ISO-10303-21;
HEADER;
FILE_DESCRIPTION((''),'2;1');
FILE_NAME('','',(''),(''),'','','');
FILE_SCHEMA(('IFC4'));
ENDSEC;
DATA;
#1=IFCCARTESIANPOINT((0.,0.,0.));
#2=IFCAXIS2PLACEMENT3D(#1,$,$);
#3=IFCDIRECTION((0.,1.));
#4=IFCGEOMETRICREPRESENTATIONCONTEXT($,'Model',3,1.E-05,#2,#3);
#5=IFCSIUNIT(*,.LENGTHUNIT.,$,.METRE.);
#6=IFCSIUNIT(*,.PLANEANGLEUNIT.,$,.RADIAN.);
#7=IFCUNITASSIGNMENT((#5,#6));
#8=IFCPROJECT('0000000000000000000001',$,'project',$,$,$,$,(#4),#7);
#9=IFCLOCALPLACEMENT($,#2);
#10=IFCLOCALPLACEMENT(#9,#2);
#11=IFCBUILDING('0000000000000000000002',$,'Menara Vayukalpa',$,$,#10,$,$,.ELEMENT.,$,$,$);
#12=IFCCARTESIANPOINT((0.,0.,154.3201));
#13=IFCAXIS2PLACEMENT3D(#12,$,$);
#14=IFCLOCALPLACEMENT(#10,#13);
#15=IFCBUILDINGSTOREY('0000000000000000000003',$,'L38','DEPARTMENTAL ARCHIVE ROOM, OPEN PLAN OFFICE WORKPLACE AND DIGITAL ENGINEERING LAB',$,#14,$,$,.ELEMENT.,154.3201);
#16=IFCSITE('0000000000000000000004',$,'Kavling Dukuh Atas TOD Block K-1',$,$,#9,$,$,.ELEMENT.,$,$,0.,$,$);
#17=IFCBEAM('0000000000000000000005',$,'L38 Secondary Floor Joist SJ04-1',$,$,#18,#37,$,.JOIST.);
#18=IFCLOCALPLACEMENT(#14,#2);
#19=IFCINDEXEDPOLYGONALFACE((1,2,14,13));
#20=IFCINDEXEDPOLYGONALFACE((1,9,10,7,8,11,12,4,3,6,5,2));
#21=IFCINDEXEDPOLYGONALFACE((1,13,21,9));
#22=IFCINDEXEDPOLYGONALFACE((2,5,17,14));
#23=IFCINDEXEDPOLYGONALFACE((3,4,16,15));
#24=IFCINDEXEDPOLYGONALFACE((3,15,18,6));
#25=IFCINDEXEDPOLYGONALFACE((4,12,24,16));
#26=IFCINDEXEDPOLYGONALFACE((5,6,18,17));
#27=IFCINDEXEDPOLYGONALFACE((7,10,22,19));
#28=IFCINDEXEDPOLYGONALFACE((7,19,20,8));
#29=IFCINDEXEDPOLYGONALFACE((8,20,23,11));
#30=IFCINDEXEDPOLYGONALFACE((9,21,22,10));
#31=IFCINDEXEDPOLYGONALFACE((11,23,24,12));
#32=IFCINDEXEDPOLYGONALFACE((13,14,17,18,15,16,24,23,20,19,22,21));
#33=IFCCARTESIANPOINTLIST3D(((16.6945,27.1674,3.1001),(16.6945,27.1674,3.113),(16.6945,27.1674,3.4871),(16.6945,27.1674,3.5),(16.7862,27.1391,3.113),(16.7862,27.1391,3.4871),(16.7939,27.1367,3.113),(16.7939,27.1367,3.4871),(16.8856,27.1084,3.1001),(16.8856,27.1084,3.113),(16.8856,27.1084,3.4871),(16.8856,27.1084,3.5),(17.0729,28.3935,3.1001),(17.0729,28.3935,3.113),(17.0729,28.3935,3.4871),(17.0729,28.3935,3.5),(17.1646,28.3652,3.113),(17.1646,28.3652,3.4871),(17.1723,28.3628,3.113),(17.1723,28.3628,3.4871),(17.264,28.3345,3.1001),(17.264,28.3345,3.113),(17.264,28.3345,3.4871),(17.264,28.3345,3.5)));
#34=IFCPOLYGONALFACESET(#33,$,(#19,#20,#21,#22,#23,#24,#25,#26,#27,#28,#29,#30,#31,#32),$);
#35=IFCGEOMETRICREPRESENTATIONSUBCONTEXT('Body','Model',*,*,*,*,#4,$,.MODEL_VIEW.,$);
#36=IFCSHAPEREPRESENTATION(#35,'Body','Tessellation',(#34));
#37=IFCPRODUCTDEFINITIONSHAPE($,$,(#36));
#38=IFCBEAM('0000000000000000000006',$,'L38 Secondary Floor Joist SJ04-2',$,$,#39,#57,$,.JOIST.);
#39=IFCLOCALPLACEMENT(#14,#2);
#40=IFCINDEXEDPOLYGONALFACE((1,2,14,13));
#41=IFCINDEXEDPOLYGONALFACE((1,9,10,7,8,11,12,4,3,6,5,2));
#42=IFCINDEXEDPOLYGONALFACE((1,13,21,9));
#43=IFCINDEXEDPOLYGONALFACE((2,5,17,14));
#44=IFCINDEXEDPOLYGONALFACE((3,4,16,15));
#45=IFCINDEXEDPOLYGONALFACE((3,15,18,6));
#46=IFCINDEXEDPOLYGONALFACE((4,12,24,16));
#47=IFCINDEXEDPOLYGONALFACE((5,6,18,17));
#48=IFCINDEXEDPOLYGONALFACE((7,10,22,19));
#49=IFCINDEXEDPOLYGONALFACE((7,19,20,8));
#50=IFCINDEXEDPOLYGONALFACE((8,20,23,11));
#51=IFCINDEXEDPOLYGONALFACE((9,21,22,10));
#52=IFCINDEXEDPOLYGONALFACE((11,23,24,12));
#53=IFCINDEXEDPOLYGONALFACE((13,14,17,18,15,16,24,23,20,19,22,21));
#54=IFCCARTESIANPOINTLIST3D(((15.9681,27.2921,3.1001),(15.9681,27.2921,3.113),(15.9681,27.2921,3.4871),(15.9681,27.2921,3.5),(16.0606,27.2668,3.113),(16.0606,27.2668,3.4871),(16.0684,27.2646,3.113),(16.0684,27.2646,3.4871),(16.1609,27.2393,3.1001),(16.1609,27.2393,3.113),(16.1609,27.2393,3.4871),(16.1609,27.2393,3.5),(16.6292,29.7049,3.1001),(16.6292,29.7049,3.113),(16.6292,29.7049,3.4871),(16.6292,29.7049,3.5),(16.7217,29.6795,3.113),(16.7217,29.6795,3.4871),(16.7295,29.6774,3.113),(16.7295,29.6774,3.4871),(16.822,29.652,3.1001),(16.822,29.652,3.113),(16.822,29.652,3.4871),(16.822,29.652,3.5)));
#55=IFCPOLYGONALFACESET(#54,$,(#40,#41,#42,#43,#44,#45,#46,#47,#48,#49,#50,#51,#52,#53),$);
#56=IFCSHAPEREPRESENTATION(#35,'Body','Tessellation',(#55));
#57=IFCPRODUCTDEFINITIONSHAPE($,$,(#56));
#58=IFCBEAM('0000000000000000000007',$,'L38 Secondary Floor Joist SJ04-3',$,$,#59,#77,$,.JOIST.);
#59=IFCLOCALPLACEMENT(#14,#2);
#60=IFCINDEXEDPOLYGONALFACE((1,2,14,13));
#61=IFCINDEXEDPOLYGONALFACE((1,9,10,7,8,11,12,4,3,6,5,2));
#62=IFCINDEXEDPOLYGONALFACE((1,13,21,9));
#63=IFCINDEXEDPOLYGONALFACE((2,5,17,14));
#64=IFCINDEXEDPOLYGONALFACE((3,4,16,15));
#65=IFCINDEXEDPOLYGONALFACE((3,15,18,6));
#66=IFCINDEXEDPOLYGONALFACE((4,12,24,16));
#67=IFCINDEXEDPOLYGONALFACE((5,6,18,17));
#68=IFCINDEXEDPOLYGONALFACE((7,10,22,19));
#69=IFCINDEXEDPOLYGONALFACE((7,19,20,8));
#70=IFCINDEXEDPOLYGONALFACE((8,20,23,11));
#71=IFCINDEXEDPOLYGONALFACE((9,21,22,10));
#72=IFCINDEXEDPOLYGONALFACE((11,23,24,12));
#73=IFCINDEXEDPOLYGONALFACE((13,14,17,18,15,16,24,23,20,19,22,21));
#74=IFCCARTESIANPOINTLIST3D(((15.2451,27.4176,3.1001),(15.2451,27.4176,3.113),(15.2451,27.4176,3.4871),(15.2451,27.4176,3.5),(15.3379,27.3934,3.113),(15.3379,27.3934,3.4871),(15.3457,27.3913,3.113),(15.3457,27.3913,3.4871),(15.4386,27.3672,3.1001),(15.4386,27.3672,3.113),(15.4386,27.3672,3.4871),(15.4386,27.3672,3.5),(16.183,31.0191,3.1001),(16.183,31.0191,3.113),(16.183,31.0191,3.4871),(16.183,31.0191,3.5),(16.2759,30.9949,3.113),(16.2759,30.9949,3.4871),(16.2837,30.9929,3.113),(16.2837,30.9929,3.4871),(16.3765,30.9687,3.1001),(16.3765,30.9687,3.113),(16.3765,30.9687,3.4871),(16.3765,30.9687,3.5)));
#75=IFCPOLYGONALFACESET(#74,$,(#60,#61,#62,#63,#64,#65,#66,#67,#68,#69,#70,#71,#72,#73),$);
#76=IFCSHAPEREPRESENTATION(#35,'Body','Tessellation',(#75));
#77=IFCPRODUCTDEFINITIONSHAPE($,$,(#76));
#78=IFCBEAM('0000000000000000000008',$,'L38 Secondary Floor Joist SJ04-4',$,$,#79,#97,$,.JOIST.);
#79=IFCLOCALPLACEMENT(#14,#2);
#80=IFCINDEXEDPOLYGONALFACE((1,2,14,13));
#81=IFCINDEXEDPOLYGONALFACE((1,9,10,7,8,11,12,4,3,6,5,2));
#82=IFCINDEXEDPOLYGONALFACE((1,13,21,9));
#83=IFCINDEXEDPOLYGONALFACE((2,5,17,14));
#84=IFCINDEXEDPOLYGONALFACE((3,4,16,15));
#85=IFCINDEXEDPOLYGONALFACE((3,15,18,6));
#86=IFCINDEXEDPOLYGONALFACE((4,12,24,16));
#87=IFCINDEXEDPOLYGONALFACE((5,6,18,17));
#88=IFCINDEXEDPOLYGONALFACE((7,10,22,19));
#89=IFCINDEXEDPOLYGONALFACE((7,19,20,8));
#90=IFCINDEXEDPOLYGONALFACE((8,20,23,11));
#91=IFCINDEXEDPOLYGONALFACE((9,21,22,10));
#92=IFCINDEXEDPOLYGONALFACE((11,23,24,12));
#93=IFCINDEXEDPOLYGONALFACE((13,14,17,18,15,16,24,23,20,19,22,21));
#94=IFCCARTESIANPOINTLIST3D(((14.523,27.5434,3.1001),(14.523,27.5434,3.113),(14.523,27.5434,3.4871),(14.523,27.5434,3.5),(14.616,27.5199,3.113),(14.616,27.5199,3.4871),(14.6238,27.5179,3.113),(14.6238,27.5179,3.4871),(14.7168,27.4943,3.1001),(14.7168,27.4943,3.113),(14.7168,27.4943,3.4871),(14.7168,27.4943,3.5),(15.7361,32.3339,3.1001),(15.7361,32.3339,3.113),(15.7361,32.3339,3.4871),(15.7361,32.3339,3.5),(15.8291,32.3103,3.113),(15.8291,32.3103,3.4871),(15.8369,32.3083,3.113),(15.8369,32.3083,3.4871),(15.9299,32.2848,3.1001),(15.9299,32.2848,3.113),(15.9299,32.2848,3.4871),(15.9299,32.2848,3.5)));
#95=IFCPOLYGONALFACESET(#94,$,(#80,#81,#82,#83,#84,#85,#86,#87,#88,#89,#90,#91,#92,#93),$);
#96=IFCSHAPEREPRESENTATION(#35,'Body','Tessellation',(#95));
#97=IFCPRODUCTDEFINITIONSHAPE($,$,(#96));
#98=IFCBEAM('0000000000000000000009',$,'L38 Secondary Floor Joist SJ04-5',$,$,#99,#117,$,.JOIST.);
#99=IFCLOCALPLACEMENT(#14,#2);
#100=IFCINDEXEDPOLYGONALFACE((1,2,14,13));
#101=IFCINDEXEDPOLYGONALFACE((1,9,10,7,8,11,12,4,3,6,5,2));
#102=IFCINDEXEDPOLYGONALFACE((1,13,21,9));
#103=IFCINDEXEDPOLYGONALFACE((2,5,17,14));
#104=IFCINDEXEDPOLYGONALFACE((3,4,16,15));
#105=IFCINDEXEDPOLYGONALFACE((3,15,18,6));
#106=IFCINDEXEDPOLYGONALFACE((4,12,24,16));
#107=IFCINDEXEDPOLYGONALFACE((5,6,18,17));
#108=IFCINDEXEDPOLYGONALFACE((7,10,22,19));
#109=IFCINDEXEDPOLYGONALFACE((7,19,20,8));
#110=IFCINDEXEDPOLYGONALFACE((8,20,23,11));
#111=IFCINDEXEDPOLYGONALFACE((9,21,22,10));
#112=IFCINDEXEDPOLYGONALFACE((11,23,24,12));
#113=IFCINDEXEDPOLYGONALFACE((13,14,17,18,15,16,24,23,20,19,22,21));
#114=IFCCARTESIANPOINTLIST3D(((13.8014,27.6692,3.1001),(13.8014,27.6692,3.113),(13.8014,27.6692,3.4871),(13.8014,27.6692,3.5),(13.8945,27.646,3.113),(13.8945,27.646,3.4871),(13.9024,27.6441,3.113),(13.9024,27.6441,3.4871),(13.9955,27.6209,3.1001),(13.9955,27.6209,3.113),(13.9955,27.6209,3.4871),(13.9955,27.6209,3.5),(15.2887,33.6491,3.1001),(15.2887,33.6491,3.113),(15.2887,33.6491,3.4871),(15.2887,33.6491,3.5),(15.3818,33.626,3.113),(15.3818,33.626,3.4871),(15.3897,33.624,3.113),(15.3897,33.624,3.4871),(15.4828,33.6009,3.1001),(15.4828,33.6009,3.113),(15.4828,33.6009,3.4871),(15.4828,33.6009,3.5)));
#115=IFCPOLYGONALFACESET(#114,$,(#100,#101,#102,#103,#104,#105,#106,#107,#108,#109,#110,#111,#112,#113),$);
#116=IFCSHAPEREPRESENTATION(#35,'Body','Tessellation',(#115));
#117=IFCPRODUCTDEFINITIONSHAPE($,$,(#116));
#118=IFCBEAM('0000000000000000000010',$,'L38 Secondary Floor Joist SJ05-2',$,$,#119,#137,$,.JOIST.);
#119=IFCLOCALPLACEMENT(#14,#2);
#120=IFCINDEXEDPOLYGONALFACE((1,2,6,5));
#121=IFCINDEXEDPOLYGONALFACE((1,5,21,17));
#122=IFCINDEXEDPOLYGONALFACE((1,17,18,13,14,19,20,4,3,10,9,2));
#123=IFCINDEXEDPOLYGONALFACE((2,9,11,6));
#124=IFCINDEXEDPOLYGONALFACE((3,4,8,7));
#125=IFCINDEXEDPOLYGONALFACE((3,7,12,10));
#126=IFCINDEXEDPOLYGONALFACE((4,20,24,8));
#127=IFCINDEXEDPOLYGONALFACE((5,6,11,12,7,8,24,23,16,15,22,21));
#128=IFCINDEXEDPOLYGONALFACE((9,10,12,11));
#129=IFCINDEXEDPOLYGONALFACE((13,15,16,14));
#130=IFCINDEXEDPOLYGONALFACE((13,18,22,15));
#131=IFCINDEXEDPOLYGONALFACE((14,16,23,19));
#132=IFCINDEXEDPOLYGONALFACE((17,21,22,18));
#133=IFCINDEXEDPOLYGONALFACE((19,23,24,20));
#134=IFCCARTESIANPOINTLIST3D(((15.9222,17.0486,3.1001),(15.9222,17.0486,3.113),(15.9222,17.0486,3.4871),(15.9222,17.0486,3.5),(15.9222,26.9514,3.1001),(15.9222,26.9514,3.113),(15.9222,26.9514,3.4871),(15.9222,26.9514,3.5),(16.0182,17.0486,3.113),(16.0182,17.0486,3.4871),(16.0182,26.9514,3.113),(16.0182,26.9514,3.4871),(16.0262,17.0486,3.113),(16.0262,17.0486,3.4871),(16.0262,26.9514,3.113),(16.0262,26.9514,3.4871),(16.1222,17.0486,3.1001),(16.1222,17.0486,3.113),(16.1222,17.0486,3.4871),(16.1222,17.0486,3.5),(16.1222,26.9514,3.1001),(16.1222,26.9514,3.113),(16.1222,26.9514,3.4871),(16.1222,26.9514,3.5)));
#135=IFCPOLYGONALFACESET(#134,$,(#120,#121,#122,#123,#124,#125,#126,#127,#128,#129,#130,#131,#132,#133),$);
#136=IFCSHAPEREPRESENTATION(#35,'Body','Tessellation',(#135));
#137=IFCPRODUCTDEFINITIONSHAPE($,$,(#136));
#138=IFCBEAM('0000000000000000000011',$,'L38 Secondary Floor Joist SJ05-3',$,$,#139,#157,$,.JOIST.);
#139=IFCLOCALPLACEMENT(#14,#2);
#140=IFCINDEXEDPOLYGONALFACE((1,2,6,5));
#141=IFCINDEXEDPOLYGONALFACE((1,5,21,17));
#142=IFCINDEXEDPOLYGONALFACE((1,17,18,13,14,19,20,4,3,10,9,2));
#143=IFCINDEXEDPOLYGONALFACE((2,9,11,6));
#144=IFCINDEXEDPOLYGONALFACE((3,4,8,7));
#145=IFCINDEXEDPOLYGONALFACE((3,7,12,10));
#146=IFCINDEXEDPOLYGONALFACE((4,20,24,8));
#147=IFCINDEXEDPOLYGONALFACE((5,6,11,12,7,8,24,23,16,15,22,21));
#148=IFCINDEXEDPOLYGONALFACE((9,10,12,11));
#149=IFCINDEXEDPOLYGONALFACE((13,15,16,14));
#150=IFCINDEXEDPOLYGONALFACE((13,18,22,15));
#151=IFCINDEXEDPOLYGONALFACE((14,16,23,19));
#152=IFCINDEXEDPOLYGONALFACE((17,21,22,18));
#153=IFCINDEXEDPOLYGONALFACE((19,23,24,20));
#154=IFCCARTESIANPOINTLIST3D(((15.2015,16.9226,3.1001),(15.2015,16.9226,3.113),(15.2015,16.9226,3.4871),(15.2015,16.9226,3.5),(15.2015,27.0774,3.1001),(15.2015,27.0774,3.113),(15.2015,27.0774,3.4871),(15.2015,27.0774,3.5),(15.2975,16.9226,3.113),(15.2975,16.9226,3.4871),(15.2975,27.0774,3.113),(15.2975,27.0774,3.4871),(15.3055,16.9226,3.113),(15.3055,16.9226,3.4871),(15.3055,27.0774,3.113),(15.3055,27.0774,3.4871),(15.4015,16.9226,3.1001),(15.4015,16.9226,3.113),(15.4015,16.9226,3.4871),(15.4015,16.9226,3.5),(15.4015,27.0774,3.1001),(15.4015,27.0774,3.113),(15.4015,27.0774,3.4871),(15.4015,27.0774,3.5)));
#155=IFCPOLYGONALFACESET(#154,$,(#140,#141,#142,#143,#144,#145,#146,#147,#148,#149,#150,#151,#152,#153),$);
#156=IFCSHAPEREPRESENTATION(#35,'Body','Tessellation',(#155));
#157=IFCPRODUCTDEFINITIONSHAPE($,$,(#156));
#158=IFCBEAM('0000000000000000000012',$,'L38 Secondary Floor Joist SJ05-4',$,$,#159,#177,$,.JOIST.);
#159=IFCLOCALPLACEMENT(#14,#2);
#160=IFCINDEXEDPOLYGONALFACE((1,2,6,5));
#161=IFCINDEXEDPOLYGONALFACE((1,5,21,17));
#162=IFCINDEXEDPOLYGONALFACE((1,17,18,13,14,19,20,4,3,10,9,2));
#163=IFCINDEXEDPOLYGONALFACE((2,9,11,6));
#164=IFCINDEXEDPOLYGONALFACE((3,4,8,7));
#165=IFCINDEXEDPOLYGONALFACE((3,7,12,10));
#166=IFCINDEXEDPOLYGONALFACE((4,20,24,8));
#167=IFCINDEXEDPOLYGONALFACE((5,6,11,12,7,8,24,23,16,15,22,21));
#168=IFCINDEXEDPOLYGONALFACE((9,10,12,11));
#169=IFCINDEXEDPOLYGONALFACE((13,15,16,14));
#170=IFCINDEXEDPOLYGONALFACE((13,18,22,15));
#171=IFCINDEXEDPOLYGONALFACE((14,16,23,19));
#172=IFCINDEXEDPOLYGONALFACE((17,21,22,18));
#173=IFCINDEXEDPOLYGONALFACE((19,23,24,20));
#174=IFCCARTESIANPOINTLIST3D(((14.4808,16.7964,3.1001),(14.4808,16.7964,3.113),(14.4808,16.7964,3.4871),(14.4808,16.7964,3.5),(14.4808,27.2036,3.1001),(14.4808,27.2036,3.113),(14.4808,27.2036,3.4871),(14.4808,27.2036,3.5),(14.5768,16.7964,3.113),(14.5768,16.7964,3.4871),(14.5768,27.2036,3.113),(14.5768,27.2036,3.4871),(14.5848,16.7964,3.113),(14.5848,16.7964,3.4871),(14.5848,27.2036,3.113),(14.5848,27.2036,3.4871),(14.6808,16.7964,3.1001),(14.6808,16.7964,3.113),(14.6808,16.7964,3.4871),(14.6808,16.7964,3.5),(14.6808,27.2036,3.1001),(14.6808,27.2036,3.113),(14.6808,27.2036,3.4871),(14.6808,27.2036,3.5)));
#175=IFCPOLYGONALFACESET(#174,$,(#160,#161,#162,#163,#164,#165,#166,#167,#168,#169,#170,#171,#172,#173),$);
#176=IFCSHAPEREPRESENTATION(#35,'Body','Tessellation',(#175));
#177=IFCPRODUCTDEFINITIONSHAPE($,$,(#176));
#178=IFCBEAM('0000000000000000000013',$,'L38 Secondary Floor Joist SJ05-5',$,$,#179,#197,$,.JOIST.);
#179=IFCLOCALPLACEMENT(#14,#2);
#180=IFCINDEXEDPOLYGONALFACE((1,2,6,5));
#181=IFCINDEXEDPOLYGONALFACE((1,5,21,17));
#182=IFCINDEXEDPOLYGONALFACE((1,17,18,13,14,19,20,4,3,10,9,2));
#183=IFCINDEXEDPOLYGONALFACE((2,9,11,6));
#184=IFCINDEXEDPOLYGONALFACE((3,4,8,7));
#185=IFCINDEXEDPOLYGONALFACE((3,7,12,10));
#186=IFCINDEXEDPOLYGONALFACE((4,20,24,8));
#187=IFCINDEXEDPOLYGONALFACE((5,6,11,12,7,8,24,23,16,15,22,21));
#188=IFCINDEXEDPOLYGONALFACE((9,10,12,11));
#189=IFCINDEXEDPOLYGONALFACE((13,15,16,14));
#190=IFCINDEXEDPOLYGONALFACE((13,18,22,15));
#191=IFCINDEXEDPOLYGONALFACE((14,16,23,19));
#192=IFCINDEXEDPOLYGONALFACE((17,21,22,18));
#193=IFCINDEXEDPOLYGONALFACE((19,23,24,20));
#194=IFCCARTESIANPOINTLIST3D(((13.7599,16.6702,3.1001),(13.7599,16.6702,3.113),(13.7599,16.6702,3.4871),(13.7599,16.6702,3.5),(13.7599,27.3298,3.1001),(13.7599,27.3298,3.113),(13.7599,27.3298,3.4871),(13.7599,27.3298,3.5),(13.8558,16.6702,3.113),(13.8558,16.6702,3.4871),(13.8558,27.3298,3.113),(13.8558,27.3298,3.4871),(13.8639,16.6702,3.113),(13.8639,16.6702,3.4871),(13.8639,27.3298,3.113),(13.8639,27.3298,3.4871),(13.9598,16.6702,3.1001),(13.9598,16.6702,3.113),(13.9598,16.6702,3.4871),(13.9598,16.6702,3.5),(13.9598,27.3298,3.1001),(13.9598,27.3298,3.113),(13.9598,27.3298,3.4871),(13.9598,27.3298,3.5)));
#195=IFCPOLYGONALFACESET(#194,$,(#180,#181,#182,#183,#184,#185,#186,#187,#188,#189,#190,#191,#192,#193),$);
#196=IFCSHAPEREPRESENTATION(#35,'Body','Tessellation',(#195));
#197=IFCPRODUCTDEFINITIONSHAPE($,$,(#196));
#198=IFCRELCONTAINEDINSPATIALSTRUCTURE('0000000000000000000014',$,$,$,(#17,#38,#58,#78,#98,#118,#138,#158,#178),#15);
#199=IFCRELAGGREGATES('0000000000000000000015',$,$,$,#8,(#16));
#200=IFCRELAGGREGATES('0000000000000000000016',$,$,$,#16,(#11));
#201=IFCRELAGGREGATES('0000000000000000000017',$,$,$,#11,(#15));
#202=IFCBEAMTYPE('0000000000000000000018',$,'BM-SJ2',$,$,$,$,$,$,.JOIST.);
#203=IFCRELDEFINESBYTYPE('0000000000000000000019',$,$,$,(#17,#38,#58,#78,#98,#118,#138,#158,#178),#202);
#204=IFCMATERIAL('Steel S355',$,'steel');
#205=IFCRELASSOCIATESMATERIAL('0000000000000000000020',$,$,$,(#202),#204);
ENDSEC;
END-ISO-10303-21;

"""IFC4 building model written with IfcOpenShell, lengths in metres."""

from ifc_helpers import new_model, si_unit, direction, frame, origin, origin_2d, place, context, subcontext, project, spatial, i_section, extrude, material, material_profile, profile_set, type_object, element, save


model = new_model("IFC4")

# Units and contexts
model_context = context("Model", 3, precision=1e-05, world=origin(), true_north=direction((0.0, 1.0)))
body_context = subcontext(model_context, "Body", "Model", "MODEL_VIEW")
ifc_project = project(units=[si_unit("LENGTHUNIT", "METRE"), si_unit("PLANEANGLEUNIT", "RADIAN")], contexts=[model_context])

# Site, building, storey
site_placement = place(None, origin())
site = spatial("IfcSite", under=ifc_project, at=site_placement, Name="Kavling Dukuh Atas TOD Block K-1", CompositionType="ELEMENT", RefElevation=0.0)
building_placement = place(site_placement, origin())
building = spatial("IfcBuilding", under=site, at=building_placement, Name="Menara Vayukalpa", CompositionType="ELEMENT")
storey_placement = place(building_placement, frame((0.0, 0.0, 154.3201)))
storey = spatial("IfcBuildingStorey", under=building, at=storey_placement, Name="L38", Description="DEPARTMENTAL ARCHIVE ROOM, OPEN PLAN OFFICE WORKPLACE AND DIGITAL ENGINEERING LAB", CompositionType="ELEMENT", Elevation=154.3201)

# Beams
ifc_material_1 = material(Name="Steel S355", Category="steel")
ifc_material_profile_1 = material_profile(ifc_material_1, i_section(OverallWidth=0.2, OverallDepth=0.3999, WebThickness=0.0081, FlangeThickness=0.0129, at=origin_2d()), Name="WF 400x200x8x13")
ifc_profile_set_1 = profile_set([ifc_material_profile_1], Name="Steel S355")
beam_type_1 = type_object("IfcBeamType", Name="BM-SJ2", PredefinedType="JOIST", material=ifc_profile_set_1)
beam_1_placement = place(storey_placement, frame((17.1685, 28.364, 3.3), z_axis=(-0.294915, -0.955524, 0.0), x_axis=(0.955524, -0.294915, 0.0)))
element("IfcBeam", 1, at=beam_1_placement, inside=storey, type_object=beam_type_1, Name="L38 Secondary Floor Joist SJ04-1", PredefinedType="JOIST", context=body_context, shape_type="SweptSolid", body=[
    extrude(i_section(OverallWidth=0.2, OverallDepth=0.3999, WebThickness=0.0081, FlangeThickness=0.0129, at=origin_2d()), origin(), (0.0, 0.0, 1.0), 1.2832),
])
beam_2_placement = place(storey_placement, frame((16.7256, 29.6785, 3.3), z_axis=(-0.264265, -0.96445, 0.0), x_axis=(0.96445, -0.264265, 0.0)))
element("IfcBeam", 2, at=beam_2_placement, inside=storey, type_object=beam_type_1, Name="L38 Secondary Floor Joist SJ04-2", PredefinedType="JOIST", context=body_context, shape_type="SweptSolid", body=[
    extrude(i_section(OverallWidth=0.2, OverallDepth=0.3999, WebThickness=0.0081, FlangeThickness=0.0129, at=origin_2d()), origin(), (0.0, 0.0, 1.0), 2.5017),
])
beam_3_placement = place(storey_placement, frame((16.2798, 30.9939, 3.3), z_axis=(-0.252032, -0.967719, 0.0), x_axis=(0.967719, -0.252032, 0.0)))
element("IfcBeam", 3, at=beam_3_placement, inside=storey, type_object=beam_type_1, Name="L38 Secondary Floor Joist SJ04-3", PredefinedType="JOIST", context=body_context, shape_type="SweptSolid", body=[
    extrude(i_section(OverallWidth=0.2, OverallDepth=0.3999, WebThickness=0.0081, FlangeThickness=0.0129, at=origin_2d()), origin(), (0.0, 0.0, 1.0), 3.7217),
])
beam_4_placement = place(storey_placement, frame((15.833, 32.3093, 3.3), z_axis=(-0.245487, -0.9694, 0.0), x_axis=(0.9694, -0.245487, 0.0)))
element("IfcBeam", 4, at=beam_4_placement, inside=storey, type_object=beam_type_1, Name="L38 Secondary Floor Joist SJ04-4", PredefinedType="JOIST", context=body_context, shape_type="SweptSolid", body=[
    extrude(i_section(OverallWidth=0.2, OverallDepth=0.3999, WebThickness=0.0081, FlangeThickness=0.0129, at=origin_2d()), origin(), (0.0, 0.0, 1.0), 4.9417),
])
beam_5_placement = place(storey_placement, frame((15.3857, 33.625, 3.3), z_axis=(-0.241361, -0.970435, 0.0), x_axis=(0.970435, -0.241361, 0.0)))
element("IfcBeam", 5, at=beam_5_placement, inside=storey, type_object=beam_type_1, Name="L38 Secondary Floor Joist SJ04-5", PredefinedType="JOIST", context=body_context, shape_type="SweptSolid", body=[
    extrude(i_section(OverallWidth=0.2, OverallDepth=0.3999, WebThickness=0.0081, FlangeThickness=0.0129, at=origin_2d()), origin(), (0.0, 0.0, 1.0), 6.1621),
])
beam_6_placement = place(storey_placement, frame((16.0222, 26.9514, 3.3), z_axis=(0.0, -1.0, 0.0), x_axis=(1.0, 0.0, 0.0)))
element("IfcBeam", 6, at=beam_6_placement, inside=storey, type_object=beam_type_1, Name="L38 Secondary Floor Joist SJ05-2", PredefinedType="JOIST", context=body_context, shape_type="SweptSolid", body=[
    extrude(i_section(OverallWidth=0.2, OverallDepth=0.3999, WebThickness=0.0081, FlangeThickness=0.0129, at=origin_2d()), origin(), (0.0, 0.0, 1.0), 9.9028),
])
beam_7_placement = place(storey_placement, frame((15.3015, 27.0774, 3.3), z_axis=(0.0, -1.0, 0.0), x_axis=(1.0, 0.0, 0.0)))
element("IfcBeam", 7, at=beam_7_placement, inside=storey, type_object=beam_type_1, Name="L38 Secondary Floor Joist SJ05-3", PredefinedType="JOIST", context=body_context, shape_type="SweptSolid", body=[
    extrude(i_section(OverallWidth=0.2, OverallDepth=0.3999, WebThickness=0.0081, FlangeThickness=0.0129, at=origin_2d()), origin(), (0.0, 0.0, 1.0), 10.1548),
])
beam_8_placement = place(storey_placement, frame((14.5808, 27.2036, 3.3), z_axis=(0.0, -1.0, 0.0), x_axis=(1.0, 0.0, 0.0)))
element("IfcBeam", 8, at=beam_8_placement, inside=storey, type_object=beam_type_1, Name="L38 Secondary Floor Joist SJ05-4", PredefinedType="JOIST", context=body_context, shape_type="SweptSolid", body=[
    extrude(i_section(OverallWidth=0.2, OverallDepth=0.3999, WebThickness=0.0081, FlangeThickness=0.0129, at=origin_2d()), origin(), (0.0, 0.0, 1.0), 10.4072),
])
beam_9_placement = place(storey_placement, frame((13.8599, 27.3298, 3.3), z_axis=(0.0, -1.0, 0.0), x_axis=(1.0, 0.0, 0.0)))
element("IfcBeam", 9, at=beam_9_placement, inside=storey, type_object=beam_type_1, Name="L38 Secondary Floor Joist SJ05-5", PredefinedType="JOIST", context=body_context, shape_type="SweptSolid", body=[
    extrude(i_section(OverallWidth=0.2, OverallDepth=0.3999, WebThickness=0.0081, FlangeThickness=0.0129, at=origin_2d()), origin(), (0.0, 0.0, 1.0), 10.6597),
])

save(model, "model.ifc")
